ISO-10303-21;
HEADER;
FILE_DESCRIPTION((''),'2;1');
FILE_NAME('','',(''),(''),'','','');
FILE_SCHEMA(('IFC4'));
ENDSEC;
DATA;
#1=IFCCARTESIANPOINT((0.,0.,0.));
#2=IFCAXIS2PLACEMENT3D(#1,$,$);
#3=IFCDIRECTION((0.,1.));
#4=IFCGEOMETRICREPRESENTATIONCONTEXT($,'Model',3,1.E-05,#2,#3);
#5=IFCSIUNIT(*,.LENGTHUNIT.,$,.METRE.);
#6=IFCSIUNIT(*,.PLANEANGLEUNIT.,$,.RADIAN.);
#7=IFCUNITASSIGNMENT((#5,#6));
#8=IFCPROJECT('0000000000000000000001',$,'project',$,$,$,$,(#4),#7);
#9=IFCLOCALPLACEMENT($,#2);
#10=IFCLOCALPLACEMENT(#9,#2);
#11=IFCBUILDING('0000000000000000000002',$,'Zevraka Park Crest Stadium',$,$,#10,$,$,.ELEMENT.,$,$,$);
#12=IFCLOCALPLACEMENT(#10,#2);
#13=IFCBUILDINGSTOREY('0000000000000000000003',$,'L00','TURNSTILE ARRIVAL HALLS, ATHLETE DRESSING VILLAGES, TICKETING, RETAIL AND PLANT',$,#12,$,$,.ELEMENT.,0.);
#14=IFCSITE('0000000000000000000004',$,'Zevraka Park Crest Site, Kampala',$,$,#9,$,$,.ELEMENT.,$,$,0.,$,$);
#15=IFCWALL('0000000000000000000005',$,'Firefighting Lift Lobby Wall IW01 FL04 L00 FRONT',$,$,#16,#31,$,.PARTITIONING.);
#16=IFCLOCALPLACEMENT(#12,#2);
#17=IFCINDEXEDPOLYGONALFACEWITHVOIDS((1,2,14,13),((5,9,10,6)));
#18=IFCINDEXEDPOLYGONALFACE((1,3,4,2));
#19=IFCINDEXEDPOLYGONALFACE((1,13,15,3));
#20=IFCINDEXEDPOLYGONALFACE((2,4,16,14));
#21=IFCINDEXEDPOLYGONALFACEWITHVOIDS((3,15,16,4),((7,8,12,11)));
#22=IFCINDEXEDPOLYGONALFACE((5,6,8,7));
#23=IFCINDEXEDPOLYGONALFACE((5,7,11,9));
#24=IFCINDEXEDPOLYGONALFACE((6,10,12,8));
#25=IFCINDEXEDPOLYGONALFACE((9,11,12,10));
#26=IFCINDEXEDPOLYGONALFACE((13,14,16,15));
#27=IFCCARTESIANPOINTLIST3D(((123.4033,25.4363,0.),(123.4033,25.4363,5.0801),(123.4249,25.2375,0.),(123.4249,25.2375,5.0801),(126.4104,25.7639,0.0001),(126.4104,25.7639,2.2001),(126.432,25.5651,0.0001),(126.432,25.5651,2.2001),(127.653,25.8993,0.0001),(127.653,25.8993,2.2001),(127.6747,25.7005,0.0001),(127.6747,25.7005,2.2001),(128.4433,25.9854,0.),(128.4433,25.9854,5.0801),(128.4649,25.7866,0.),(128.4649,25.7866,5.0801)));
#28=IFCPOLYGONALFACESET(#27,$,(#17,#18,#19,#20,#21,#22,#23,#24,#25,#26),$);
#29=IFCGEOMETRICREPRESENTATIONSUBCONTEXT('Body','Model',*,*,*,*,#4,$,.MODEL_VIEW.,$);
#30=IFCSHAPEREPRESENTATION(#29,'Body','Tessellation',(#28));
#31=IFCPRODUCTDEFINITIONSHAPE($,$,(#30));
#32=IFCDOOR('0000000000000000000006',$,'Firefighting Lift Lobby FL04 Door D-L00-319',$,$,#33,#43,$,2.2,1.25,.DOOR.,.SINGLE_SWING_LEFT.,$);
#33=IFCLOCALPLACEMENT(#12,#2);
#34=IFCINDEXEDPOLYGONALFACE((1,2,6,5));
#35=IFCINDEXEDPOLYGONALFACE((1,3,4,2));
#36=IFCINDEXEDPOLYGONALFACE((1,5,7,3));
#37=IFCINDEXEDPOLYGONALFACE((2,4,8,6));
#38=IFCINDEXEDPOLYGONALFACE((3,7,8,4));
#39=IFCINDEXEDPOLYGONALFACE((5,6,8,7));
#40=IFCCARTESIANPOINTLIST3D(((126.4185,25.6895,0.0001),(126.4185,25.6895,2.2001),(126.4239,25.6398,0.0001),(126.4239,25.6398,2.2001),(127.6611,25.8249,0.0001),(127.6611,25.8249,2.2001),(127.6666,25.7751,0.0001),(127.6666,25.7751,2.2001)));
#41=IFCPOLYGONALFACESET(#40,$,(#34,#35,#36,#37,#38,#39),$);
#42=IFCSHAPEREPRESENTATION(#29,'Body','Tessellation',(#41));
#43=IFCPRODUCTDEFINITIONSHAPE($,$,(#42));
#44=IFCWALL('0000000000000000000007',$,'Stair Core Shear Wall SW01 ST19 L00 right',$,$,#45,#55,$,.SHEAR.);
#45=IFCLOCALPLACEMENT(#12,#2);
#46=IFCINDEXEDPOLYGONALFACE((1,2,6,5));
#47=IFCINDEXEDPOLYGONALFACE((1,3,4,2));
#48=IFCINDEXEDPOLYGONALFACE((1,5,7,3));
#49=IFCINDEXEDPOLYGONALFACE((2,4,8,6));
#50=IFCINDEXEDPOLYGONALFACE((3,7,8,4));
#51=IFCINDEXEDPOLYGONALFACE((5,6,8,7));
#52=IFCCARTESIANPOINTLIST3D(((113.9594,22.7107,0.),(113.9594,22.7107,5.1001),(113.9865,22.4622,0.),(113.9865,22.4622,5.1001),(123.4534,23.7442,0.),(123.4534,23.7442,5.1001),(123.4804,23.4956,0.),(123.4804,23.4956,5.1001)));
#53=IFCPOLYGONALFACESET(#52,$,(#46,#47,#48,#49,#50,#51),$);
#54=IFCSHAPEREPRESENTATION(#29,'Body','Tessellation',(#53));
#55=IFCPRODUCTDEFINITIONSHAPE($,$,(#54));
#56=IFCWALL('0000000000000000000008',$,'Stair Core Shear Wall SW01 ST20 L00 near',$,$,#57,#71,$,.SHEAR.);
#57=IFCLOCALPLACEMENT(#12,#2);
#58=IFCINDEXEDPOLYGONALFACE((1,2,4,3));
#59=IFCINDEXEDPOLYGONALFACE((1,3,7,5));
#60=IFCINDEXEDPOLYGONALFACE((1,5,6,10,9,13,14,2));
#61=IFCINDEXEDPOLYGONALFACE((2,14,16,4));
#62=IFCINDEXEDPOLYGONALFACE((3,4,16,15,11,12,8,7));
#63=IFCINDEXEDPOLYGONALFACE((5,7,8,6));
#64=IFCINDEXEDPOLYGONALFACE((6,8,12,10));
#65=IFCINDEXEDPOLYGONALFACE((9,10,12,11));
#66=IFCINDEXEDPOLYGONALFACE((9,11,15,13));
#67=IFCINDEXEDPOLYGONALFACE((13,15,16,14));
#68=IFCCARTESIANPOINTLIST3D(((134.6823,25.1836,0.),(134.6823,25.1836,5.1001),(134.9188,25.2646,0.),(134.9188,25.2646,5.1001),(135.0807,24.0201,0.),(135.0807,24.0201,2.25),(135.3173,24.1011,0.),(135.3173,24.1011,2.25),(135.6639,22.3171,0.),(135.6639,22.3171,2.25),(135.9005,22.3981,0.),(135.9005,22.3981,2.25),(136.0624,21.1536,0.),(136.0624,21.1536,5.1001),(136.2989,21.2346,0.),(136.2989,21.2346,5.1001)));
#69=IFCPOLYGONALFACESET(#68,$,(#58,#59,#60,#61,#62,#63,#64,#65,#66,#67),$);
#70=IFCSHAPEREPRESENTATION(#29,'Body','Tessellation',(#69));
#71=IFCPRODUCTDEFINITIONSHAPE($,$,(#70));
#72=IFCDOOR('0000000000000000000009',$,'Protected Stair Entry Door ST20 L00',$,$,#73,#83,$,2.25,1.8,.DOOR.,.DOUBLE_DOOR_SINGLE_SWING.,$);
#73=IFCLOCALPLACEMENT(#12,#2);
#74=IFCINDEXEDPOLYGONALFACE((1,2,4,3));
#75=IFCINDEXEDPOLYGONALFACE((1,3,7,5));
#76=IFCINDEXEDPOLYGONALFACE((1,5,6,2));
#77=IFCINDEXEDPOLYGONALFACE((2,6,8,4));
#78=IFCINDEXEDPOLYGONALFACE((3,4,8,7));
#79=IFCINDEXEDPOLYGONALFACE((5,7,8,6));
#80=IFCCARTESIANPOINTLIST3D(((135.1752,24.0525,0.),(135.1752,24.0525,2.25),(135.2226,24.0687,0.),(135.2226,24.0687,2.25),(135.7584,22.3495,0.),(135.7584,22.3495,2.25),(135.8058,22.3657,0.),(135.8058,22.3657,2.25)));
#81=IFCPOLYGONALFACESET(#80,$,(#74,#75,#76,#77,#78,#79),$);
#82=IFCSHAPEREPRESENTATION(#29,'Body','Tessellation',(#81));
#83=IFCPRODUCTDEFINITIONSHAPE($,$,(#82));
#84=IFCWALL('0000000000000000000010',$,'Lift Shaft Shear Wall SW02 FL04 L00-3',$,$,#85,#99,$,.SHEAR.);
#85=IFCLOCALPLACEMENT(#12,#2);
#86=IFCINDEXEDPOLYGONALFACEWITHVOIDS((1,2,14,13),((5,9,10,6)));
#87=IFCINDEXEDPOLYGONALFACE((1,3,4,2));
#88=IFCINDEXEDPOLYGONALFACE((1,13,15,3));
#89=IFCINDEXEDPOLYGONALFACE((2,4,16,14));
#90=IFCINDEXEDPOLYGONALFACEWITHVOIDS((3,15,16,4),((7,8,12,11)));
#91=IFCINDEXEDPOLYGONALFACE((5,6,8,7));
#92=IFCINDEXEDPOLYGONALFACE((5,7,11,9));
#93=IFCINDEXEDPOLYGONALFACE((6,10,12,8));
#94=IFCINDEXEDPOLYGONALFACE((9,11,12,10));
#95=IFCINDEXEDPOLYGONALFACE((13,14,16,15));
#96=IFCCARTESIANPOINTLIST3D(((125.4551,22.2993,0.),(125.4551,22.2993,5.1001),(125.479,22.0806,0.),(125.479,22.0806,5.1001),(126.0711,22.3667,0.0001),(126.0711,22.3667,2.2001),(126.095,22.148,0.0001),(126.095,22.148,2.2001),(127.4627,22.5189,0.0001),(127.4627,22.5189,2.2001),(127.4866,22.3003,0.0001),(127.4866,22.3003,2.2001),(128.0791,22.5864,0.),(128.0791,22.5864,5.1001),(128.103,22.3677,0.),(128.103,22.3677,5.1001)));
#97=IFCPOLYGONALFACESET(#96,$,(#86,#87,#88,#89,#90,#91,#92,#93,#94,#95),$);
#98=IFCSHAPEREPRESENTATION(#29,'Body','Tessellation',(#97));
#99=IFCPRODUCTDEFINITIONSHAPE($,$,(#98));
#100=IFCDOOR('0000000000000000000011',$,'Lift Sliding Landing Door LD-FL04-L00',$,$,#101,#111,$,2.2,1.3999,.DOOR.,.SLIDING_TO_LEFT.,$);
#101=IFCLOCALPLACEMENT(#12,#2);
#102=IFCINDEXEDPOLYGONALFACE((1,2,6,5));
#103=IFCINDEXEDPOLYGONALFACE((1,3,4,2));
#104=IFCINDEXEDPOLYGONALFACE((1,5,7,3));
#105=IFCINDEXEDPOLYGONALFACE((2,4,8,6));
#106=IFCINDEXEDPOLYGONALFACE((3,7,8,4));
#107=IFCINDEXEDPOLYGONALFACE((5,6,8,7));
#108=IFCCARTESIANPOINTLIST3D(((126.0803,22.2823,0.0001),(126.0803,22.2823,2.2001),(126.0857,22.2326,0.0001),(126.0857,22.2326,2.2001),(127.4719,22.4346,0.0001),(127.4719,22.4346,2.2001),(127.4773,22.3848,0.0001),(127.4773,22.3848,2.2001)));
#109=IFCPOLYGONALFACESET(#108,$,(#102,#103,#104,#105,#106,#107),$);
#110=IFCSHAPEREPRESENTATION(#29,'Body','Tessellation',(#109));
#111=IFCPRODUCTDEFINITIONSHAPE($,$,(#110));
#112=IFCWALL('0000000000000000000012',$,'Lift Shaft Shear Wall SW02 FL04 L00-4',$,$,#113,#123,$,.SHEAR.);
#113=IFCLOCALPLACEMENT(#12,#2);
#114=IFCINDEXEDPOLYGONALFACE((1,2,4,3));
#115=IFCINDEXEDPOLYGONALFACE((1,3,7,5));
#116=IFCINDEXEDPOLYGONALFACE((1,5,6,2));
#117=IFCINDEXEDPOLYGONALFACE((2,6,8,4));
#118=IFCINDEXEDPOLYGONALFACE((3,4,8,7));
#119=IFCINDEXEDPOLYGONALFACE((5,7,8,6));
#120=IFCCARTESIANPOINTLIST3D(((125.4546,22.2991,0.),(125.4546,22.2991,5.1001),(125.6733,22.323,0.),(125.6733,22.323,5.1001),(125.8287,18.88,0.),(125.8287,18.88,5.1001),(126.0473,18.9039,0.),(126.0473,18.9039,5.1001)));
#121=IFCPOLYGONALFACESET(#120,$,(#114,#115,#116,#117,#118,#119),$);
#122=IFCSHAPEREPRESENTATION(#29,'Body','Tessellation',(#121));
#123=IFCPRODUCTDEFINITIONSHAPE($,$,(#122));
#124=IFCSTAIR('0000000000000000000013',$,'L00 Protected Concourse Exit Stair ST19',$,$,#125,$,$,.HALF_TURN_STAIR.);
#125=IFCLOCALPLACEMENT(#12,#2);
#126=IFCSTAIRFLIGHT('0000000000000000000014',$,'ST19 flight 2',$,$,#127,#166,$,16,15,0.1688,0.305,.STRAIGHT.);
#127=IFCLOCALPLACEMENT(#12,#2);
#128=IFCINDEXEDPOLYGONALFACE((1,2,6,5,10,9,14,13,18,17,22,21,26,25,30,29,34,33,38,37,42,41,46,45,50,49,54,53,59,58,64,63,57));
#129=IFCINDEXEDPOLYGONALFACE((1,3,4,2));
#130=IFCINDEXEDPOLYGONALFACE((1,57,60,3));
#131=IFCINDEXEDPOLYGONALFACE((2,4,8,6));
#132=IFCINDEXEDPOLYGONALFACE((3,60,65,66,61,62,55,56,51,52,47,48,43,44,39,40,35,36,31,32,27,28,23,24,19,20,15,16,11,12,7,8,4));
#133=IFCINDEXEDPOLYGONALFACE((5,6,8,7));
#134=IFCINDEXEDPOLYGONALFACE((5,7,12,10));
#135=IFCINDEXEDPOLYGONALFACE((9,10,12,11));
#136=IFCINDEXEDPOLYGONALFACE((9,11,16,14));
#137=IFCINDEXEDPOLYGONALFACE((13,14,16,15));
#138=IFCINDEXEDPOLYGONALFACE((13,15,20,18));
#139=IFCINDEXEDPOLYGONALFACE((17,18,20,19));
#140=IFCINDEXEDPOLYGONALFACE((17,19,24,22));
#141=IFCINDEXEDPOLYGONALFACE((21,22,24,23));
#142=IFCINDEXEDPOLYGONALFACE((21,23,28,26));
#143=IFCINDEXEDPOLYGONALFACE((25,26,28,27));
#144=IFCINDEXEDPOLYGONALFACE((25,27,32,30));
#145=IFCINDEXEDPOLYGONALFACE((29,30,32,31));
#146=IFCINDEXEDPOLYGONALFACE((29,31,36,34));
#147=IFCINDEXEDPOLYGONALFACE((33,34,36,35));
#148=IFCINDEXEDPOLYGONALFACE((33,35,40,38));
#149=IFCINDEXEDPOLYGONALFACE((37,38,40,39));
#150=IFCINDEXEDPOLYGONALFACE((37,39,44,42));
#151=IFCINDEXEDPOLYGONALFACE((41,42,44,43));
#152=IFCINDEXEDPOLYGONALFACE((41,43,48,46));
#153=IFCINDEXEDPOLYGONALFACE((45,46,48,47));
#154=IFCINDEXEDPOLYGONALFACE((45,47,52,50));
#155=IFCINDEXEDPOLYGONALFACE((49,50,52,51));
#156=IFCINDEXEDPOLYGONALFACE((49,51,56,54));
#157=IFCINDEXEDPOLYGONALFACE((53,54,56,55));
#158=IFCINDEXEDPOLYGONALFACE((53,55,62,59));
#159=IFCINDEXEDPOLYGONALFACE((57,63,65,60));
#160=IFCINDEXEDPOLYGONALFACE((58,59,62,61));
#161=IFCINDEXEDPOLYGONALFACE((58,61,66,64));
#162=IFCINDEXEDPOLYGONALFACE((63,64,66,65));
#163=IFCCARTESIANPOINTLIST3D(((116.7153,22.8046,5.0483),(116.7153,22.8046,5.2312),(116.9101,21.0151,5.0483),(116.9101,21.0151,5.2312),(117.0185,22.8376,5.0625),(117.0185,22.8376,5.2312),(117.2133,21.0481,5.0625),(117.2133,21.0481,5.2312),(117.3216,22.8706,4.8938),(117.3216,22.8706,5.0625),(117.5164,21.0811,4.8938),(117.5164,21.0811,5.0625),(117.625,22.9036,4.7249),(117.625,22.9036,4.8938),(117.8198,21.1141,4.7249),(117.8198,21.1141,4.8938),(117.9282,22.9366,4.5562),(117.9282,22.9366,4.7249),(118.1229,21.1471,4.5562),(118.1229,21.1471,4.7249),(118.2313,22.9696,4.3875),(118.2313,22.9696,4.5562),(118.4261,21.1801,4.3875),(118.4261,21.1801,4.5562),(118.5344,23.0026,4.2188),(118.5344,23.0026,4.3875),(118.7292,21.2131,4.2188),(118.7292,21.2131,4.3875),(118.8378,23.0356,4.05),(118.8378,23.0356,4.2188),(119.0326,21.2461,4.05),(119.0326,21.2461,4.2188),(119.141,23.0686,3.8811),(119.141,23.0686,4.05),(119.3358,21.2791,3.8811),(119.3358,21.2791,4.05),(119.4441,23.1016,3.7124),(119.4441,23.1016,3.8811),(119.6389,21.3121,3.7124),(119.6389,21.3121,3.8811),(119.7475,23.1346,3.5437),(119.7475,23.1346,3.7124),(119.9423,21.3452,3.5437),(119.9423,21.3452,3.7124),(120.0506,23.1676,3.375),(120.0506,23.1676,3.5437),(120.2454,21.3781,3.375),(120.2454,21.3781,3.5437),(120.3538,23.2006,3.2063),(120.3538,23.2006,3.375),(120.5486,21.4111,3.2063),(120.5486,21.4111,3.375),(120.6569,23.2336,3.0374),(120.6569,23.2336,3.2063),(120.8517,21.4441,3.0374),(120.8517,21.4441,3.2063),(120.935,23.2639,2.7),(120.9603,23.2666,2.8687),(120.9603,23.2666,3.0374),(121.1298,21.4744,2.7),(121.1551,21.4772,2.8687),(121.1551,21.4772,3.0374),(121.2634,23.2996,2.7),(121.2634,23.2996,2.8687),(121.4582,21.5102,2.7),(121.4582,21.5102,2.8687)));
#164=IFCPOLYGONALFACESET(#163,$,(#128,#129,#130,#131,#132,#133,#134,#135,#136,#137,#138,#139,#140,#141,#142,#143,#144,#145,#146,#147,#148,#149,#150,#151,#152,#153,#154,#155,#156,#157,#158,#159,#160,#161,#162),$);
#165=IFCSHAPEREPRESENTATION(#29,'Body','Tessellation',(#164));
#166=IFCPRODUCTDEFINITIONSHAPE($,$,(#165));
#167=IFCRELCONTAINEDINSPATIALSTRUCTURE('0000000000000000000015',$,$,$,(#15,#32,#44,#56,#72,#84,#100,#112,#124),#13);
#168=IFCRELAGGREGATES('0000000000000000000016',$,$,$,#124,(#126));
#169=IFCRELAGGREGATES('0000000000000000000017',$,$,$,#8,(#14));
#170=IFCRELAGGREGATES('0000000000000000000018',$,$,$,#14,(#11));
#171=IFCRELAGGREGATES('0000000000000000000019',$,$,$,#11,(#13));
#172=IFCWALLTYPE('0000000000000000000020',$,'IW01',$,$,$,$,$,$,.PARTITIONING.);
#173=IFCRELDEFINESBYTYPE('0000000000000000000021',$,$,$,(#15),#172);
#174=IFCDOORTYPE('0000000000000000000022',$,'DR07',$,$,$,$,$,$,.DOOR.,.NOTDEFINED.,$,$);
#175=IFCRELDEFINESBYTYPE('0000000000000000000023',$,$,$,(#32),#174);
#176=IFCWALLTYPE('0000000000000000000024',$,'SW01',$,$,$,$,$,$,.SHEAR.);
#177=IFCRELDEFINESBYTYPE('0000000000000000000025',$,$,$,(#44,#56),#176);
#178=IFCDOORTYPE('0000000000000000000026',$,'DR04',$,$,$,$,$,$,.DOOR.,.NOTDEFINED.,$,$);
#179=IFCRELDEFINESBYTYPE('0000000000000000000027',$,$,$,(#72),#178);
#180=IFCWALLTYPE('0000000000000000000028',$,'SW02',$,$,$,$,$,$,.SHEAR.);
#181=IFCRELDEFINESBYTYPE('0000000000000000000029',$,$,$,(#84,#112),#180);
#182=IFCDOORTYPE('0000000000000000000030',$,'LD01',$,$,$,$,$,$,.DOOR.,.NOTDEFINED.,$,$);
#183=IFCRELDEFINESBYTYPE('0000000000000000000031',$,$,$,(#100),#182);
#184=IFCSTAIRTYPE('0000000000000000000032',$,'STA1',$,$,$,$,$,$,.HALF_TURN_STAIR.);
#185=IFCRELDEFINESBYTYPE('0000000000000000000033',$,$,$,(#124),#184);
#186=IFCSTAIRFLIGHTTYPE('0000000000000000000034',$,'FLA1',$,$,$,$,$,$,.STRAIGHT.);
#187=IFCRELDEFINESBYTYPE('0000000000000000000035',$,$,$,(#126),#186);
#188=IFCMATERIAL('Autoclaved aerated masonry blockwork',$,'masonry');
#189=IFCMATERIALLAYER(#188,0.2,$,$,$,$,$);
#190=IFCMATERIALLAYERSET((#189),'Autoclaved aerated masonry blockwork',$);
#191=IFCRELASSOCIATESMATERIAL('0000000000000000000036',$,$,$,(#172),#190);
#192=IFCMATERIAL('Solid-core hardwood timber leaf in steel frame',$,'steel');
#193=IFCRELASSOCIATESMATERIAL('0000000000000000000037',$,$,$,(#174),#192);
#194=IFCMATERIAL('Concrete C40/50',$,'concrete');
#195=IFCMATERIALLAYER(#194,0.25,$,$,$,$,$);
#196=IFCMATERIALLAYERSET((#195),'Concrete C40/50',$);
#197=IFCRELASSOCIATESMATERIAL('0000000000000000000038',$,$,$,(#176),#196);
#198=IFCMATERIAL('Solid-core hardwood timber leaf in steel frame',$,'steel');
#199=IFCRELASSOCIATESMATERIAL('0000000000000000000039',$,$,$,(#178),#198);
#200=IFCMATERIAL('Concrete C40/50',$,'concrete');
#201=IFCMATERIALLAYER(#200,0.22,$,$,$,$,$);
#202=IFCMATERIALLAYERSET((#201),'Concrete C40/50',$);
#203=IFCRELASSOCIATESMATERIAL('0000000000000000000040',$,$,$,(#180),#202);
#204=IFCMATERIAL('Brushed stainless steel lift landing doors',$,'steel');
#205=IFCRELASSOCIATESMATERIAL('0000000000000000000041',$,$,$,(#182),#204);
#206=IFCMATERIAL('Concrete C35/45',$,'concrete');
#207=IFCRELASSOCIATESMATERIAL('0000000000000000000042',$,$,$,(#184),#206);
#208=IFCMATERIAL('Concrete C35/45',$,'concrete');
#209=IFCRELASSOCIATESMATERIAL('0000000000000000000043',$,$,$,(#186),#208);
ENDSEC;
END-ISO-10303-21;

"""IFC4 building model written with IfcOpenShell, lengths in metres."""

from ifc_helpers import new_model, si_unit, direction, frame, frame_2d, origin, place, context, subcontext, project, spatial, polyline, rectangle, outline, extrude, material, layer, layer_set, type_object, element, fill, aggregate, save


model = new_model("IFC4")

# Units and contexts
model_context = context("Model", 3, precision=1e-05, world=origin(), true_north=direction((0.0, 1.0)))
body_context = subcontext(model_context, "Body", "Model", "MODEL_VIEW")
ifc_project = project(units=[si_unit("LENGTHUNIT", "METRE"), si_unit("PLANEANGLEUNIT", "RADIAN")], contexts=[model_context])

# Site, building, storey
site_placement = place(None, origin())
site = spatial("IfcSite", under=ifc_project, at=site_placement, Name="Zevraka Park Crest Site, Kampala", CompositionType="ELEMENT", RefElevation=0.0)
building_placement = place(site_placement, origin())
building = spatial("IfcBuilding", under=site, at=building_placement, Name="Zevraka Park Crest Stadium", CompositionType="ELEMENT")
storey_placement = place(building_placement, origin())
storey = spatial("IfcBuildingStorey", under=building, at=storey_placement, Name="L00", Description="TURNSTILE ARRIVAL HALLS, ATHLETE DRESSING VILLAGES, TICKETING, RETAIL AND PLANT", CompositionType="ELEMENT", Elevation=0.0)

# Shared definitions
ifc_material_1 = material(Name="Autoclaved aerated masonry blockwork", Category="masonry")
ifc_layer_1 = layer(ifc_material_1, 0.2)
ifc_layer_set_1 = layer_set([ifc_layer_1], Name="Autoclaved aerated masonry blockwork")
wall_type_1 = type_object("IfcWallType", Name="IW01", PredefinedType="PARTITIONING", material=ifc_layer_set_1)

# Wall, opening, door
wall_1_placement = place(storey_placement, frame((128.4541, 25.886, 0.0), z_axis=(0.0, 0.0, 1.0), x_axis=(-0.994118, -0.108301, 0.0)))
wall_1 = element("IfcWall", 1, at=wall_1_placement, inside=storey, type_object=wall_type_1, Name="Firefighting Lift Lobby Wall IW01 FL04 L00 FRONT", PredefinedType="PARTITIONING", context=body_context, shape_type="SweptSolid", body=[
    extrude(rectangle(XDim=5.0698, YDim=0.2, at=frame_2d((2.5349, 0.0))), origin(), (0.0, 0.0, 1.0), 5.0801),
])
opening_1_placement = place(wall_1_placement, frame((0.7949, 0.0, 0.0)))
opening_1 = element("IfcOpeningElement", 2, at=opening_1_placement, cuts=wall_1, PredefinedType="OPENING", context=body_context, shape_type="SweptSolid", body=[
    extrude(rectangle(XDim=1.25, YDim=2.2, at=frame_2d((0.625, 1.1001))), frame((0.0, 0.1099, 0.0), z_axis=(0.0, -1.0, 0.0), x_axis=(1.0, 0.0, 0.0)), (0.0, 0.0, 1.0), 0.22),
])
ifc_material_2 = material(Name="Solid-core hardwood timber leaf in steel frame", Category="steel")
door_type_1 = type_object("IfcDoorType", Name="DR07", OperationType="NOTDEFINED", PredefinedType="DOOR", material=ifc_material_2)
door_1_placement = place(opening_1_placement, origin())
door_1 = element("IfcDoor", 3, at=door_1_placement, inside=storey, type_object=door_type_1, Name="Firefighting Lift Lobby FL04 Door D-L00-319", OperationType="SINGLE_SWING_LEFT", OverallHeight=2.2, OverallWidth=1.25, PredefinedType="DOOR", context=body_context, shape_type="SweptSolid", body=[
    extrude(rectangle(XDim=1.25, YDim=2.2, at=frame_2d((0.625, 1.1001))), frame((0.0, 0.0249, 0.0), z_axis=(0.0, -1.0, 0.0), x_axis=(1.0, 0.0, 0.0)), (0.0, 0.0, 1.0), 0.05),
])
fill(opening_1, door_1)

# Wall
ifc_material_3 = material(Name="Concrete C40/50", Category="concrete")
ifc_layer_2 = layer(ifc_material_3, 0.25)
ifc_layer_set_2 = layer_set([ifc_layer_2], Name="Concrete C40/50")
wall_type_2 = type_object("IfcWallType", Name="SW01", PredefinedType="SHEAR", material=ifc_layer_set_2)
wall_2_placement = place(storey_placement, frame((123.4668, 23.6199, 0.0), z_axis=(0.0, 0.0, 1.0), x_axis=(-0.994128, -0.108215, 0.0)))
element("IfcWall", 4, at=wall_2_placement, inside=storey, type_object=wall_type_2, Name="Stair Core Shear Wall SW01 ST19 L00 right", PredefinedType="SHEAR", context=body_context, shape_type="SweptSolid", body=[
    extrude(rectangle(XDim=9.55, YDim=0.25, at=frame_2d((4.7749, 0.0))), origin(), (0.0, 0.0, 1.0), 5.1001),
])

# Walls, openings, doors
wall_3_placement = place(storey_placement, frame((134.8005, 25.2241, 0.0), z_axis=(0.0, 0.0, 1.0), x_axis=(0.323989, -0.946061, 0.0)))
wall_3 = element("IfcWall", 5, at=wall_3_placement, inside=storey, type_object=wall_type_2, Name="Stair Core Shear Wall SW01 ST20 L00 near", PredefinedType="SHEAR", context=body_context, shape_type="SweptSolid", body=[
    extrude(rectangle(XDim=4.2598, YDim=0.25, at=frame_2d((2.1299, 0.0))), origin(), (0.0, 0.0, 1.0), 5.1001),
])
opening_2_placement = place(wall_3_placement, frame((1.23, 0.0, 0.0)))
opening_2 = element("IfcOpeningElement", 6, at=opening_2_placement, cuts=wall_3, PredefinedType="OPENING", context=body_context, shape_type="SweptSolid", body=[
    extrude(rectangle(XDim=1.8, YDim=2.25, at=frame_2d((0.8999, 1.125))), frame((0.0, 0.135, 0.0), z_axis=(0.0, -1.0, 0.0), x_axis=(1.0, 0.0, 0.0)), (0.0, 0.0, 1.0), 0.27),
])
ifc_material_4 = material(Name="Solid-core hardwood timber leaf in steel frame", Category="steel")
door_type_2 = type_object("IfcDoorType", Name="DR04", OperationType="NOTDEFINED", PredefinedType="DOOR", material=ifc_material_4)
door_2_placement = place(opening_2_placement, origin())
door_2 = element("IfcDoor", 7, at=door_2_placement, inside=storey, type_object=door_type_2, Name="Protected Stair Entry Door ST20 L00", OperationType="DOUBLE_DOOR_SINGLE_SWING", OverallHeight=2.25, OverallWidth=1.8, PredefinedType="DOOR", context=body_context, shape_type="SweptSolid", body=[
    extrude(rectangle(XDim=1.8, YDim=2.25, at=frame_2d((0.8999, 1.125))), frame((0.0, 0.0249, 0.0), z_axis=(0.0, -1.0, 0.0), x_axis=(1.0, 0.0, 0.0)), (0.0, 0.0, 1.0), 0.05),
])
fill(opening_2, door_2)
ifc_material_5 = material(Name="Concrete C40/50", Category="concrete")
ifc_layer_3 = layer(ifc_material_5, 0.22)
ifc_layer_set_3 = layer_set([ifc_layer_3], Name="Concrete C40/50")
wall_type_3 = type_object("IfcWallType", Name="SW02", PredefinedType="SHEAR", material=ifc_layer_set_3)
wall_4_placement = place(storey_placement, frame((128.0911, 22.4771, 0.0), z_axis=(0.0, 0.0, 1.0), x_axis=(-0.994067, -0.108767, 0.0)))
wall_4 = element("IfcWall", 8, at=wall_4_placement, inside=storey, type_object=wall_type_3, Name="Lift Shaft Shear Wall SW02 FL04 L00-3", PredefinedType="SHEAR", context=body_context, shape_type="SweptSolid", body=[
    extrude(rectangle(XDim=2.6396, YDim=0.22, at=frame_2d((1.3198, 0.0))), origin(), (0.0, 0.0, 1.0), 5.1001),
])
opening_3_placement = place(wall_4_placement, frame((0.6201, 0.0, 0.0)))
opening_3 = element("IfcOpeningElement", 9, at=opening_3_placement, cuts=wall_4, PredefinedType="OPENING", context=body_context, shape_type="SweptSolid", body=[
    extrude(rectangle(XDim=1.3999, YDim=2.2, at=frame_2d((0.7, 1.1001))), frame((0.0, 0.1199, 0.0), z_axis=(0.0, -1.0, 0.0), x_axis=(1.0, 0.0, 0.0)), (0.0, 0.0, 1.0), 0.24),
])
ifc_material_6 = material(Name="Brushed stainless steel lift landing doors", Category="steel")
door_type_3 = type_object("IfcDoorType", Name="LD01", OperationType="NOTDEFINED", PredefinedType="DOOR", material=ifc_material_6)
door_3_placement = place(opening_3_placement, origin())
door_3 = element("IfcDoor", 10, at=door_3_placement, inside=storey, type_object=door_type_3, Name="Lift Sliding Landing Door LD-FL04-L00", OperationType="SLIDING_TO_LEFT", OverallHeight=2.2, OverallWidth=1.3999, PredefinedType="DOOR", context=body_context, shape_type="SweptSolid", body=[
    extrude(rectangle(XDim=1.3999, YDim=2.2, at=frame_2d((0.7, 1.1001))), frame((0.0, 0.0249, 0.0), z_axis=(0.0, -1.0, 0.0), x_axis=(1.0, 0.0, 0.0)), (0.0, 0.0, 1.0), 0.05),
])
fill(opening_3, door_3)

# Wall
wall_5_placement = place(storey_placement, frame((125.564, 22.311, 0.0), z_axis=(0.0, 0.0, 1.0), x_axis=(0.108749, -0.994069, 0.0)))
element("IfcWall", 11, at=wall_5_placement, inside=storey, type_object=wall_type_3, Name="Lift Shaft Shear Wall SW02 FL04 L00-4", PredefinedType="SHEAR", context=body_context, shape_type="SweptSolid", body=[
    extrude(rectangle(XDim=3.4395, YDim=0.22, at=frame_2d((1.7197, 0.0))), origin(), (0.0, 0.0, 1.0), 5.1001),
])

# Stair, stair flight
ifc_material_7 = material(Name="Concrete C35/45", Category="concrete")
stair_type = type_object("IfcStairType", Name="STA1", PredefinedType="HALF_TURN_STAIR", material=ifc_material_7)
stair_1_placement = place(storey_placement, origin())
stair_1 = element("IfcStair", 12, at=stair_1_placement, inside=storey, type_object=stair_type, Name="L00 Protected Concourse Exit Stair ST19", PredefinedType="HALF_TURN_STAIR")
ifc_material_8 = material(Name="Concrete C35/45", Category="concrete")
stair_flight_type = type_object("IfcStairFlightType", Name="FLA1", PredefinedType="STRAIGHT", material=ifc_material_8)
stair_flight_1_placement = place(storey_placement, frame((121.3608, 22.4048, 2.7), z_axis=(0.0, 0.0, 1.0), x_axis=(-0.994128, -0.108215, 0.0)))
stair_flight_1 = element("IfcStairFlight", 13, at=stair_flight_1_placement, type_object=stair_flight_type, Name="ST19 flight 2", NumberOfRisers=16, NumberOfTreads=15, PredefinedType="STRAIGHT", RiserHeight=0.1688, TreadLength=0.305, context=body_context, shape_type="SweptSolid", body=[
    extrude(outline(polyline([(0.0, 0.0), (0.0, 0.1687), (0.3049, 0.1687), (0.3049, 0.3374), (0.6101, 0.3374), (0.6101, 0.5063), (0.915, 0.5063), (0.915, 0.675), (1.22, 0.675), (1.22, 0.8438), (1.5249, 0.8438), (1.5249, 1.0125), (1.8301, 1.0125), (1.8301, 1.1812), (2.135, 1.1812), (2.135, 1.3501), (2.4399, 1.3501), (2.4399, 1.5188), (2.7451, 1.5188), (2.7451, 1.6875), (3.05, 1.6875), (3.05, 1.8562), (3.355, 1.8562), (3.355, 2.0249), (3.6599, 2.0249), (3.6599, 2.1938), (3.9651, 2.1938), (3.9651, 2.3625), (4.27, 2.3625), (4.27, 2.5312), (4.575, 2.5312), (4.575, 2.7), (4.575, 2.3484), (0.3303, 0.0), (0.0, 0.0)])), frame((0.0, 0.8999, 0.0), z_axis=(0.0, -1.0, 0.0), x_axis=(1.0, 0.0, 0.0)), (0.0, 0.0, 1.0), 1.8),
])
aggregate(stair_1, [stair_flight_1])

save(model, "model.ifc")
